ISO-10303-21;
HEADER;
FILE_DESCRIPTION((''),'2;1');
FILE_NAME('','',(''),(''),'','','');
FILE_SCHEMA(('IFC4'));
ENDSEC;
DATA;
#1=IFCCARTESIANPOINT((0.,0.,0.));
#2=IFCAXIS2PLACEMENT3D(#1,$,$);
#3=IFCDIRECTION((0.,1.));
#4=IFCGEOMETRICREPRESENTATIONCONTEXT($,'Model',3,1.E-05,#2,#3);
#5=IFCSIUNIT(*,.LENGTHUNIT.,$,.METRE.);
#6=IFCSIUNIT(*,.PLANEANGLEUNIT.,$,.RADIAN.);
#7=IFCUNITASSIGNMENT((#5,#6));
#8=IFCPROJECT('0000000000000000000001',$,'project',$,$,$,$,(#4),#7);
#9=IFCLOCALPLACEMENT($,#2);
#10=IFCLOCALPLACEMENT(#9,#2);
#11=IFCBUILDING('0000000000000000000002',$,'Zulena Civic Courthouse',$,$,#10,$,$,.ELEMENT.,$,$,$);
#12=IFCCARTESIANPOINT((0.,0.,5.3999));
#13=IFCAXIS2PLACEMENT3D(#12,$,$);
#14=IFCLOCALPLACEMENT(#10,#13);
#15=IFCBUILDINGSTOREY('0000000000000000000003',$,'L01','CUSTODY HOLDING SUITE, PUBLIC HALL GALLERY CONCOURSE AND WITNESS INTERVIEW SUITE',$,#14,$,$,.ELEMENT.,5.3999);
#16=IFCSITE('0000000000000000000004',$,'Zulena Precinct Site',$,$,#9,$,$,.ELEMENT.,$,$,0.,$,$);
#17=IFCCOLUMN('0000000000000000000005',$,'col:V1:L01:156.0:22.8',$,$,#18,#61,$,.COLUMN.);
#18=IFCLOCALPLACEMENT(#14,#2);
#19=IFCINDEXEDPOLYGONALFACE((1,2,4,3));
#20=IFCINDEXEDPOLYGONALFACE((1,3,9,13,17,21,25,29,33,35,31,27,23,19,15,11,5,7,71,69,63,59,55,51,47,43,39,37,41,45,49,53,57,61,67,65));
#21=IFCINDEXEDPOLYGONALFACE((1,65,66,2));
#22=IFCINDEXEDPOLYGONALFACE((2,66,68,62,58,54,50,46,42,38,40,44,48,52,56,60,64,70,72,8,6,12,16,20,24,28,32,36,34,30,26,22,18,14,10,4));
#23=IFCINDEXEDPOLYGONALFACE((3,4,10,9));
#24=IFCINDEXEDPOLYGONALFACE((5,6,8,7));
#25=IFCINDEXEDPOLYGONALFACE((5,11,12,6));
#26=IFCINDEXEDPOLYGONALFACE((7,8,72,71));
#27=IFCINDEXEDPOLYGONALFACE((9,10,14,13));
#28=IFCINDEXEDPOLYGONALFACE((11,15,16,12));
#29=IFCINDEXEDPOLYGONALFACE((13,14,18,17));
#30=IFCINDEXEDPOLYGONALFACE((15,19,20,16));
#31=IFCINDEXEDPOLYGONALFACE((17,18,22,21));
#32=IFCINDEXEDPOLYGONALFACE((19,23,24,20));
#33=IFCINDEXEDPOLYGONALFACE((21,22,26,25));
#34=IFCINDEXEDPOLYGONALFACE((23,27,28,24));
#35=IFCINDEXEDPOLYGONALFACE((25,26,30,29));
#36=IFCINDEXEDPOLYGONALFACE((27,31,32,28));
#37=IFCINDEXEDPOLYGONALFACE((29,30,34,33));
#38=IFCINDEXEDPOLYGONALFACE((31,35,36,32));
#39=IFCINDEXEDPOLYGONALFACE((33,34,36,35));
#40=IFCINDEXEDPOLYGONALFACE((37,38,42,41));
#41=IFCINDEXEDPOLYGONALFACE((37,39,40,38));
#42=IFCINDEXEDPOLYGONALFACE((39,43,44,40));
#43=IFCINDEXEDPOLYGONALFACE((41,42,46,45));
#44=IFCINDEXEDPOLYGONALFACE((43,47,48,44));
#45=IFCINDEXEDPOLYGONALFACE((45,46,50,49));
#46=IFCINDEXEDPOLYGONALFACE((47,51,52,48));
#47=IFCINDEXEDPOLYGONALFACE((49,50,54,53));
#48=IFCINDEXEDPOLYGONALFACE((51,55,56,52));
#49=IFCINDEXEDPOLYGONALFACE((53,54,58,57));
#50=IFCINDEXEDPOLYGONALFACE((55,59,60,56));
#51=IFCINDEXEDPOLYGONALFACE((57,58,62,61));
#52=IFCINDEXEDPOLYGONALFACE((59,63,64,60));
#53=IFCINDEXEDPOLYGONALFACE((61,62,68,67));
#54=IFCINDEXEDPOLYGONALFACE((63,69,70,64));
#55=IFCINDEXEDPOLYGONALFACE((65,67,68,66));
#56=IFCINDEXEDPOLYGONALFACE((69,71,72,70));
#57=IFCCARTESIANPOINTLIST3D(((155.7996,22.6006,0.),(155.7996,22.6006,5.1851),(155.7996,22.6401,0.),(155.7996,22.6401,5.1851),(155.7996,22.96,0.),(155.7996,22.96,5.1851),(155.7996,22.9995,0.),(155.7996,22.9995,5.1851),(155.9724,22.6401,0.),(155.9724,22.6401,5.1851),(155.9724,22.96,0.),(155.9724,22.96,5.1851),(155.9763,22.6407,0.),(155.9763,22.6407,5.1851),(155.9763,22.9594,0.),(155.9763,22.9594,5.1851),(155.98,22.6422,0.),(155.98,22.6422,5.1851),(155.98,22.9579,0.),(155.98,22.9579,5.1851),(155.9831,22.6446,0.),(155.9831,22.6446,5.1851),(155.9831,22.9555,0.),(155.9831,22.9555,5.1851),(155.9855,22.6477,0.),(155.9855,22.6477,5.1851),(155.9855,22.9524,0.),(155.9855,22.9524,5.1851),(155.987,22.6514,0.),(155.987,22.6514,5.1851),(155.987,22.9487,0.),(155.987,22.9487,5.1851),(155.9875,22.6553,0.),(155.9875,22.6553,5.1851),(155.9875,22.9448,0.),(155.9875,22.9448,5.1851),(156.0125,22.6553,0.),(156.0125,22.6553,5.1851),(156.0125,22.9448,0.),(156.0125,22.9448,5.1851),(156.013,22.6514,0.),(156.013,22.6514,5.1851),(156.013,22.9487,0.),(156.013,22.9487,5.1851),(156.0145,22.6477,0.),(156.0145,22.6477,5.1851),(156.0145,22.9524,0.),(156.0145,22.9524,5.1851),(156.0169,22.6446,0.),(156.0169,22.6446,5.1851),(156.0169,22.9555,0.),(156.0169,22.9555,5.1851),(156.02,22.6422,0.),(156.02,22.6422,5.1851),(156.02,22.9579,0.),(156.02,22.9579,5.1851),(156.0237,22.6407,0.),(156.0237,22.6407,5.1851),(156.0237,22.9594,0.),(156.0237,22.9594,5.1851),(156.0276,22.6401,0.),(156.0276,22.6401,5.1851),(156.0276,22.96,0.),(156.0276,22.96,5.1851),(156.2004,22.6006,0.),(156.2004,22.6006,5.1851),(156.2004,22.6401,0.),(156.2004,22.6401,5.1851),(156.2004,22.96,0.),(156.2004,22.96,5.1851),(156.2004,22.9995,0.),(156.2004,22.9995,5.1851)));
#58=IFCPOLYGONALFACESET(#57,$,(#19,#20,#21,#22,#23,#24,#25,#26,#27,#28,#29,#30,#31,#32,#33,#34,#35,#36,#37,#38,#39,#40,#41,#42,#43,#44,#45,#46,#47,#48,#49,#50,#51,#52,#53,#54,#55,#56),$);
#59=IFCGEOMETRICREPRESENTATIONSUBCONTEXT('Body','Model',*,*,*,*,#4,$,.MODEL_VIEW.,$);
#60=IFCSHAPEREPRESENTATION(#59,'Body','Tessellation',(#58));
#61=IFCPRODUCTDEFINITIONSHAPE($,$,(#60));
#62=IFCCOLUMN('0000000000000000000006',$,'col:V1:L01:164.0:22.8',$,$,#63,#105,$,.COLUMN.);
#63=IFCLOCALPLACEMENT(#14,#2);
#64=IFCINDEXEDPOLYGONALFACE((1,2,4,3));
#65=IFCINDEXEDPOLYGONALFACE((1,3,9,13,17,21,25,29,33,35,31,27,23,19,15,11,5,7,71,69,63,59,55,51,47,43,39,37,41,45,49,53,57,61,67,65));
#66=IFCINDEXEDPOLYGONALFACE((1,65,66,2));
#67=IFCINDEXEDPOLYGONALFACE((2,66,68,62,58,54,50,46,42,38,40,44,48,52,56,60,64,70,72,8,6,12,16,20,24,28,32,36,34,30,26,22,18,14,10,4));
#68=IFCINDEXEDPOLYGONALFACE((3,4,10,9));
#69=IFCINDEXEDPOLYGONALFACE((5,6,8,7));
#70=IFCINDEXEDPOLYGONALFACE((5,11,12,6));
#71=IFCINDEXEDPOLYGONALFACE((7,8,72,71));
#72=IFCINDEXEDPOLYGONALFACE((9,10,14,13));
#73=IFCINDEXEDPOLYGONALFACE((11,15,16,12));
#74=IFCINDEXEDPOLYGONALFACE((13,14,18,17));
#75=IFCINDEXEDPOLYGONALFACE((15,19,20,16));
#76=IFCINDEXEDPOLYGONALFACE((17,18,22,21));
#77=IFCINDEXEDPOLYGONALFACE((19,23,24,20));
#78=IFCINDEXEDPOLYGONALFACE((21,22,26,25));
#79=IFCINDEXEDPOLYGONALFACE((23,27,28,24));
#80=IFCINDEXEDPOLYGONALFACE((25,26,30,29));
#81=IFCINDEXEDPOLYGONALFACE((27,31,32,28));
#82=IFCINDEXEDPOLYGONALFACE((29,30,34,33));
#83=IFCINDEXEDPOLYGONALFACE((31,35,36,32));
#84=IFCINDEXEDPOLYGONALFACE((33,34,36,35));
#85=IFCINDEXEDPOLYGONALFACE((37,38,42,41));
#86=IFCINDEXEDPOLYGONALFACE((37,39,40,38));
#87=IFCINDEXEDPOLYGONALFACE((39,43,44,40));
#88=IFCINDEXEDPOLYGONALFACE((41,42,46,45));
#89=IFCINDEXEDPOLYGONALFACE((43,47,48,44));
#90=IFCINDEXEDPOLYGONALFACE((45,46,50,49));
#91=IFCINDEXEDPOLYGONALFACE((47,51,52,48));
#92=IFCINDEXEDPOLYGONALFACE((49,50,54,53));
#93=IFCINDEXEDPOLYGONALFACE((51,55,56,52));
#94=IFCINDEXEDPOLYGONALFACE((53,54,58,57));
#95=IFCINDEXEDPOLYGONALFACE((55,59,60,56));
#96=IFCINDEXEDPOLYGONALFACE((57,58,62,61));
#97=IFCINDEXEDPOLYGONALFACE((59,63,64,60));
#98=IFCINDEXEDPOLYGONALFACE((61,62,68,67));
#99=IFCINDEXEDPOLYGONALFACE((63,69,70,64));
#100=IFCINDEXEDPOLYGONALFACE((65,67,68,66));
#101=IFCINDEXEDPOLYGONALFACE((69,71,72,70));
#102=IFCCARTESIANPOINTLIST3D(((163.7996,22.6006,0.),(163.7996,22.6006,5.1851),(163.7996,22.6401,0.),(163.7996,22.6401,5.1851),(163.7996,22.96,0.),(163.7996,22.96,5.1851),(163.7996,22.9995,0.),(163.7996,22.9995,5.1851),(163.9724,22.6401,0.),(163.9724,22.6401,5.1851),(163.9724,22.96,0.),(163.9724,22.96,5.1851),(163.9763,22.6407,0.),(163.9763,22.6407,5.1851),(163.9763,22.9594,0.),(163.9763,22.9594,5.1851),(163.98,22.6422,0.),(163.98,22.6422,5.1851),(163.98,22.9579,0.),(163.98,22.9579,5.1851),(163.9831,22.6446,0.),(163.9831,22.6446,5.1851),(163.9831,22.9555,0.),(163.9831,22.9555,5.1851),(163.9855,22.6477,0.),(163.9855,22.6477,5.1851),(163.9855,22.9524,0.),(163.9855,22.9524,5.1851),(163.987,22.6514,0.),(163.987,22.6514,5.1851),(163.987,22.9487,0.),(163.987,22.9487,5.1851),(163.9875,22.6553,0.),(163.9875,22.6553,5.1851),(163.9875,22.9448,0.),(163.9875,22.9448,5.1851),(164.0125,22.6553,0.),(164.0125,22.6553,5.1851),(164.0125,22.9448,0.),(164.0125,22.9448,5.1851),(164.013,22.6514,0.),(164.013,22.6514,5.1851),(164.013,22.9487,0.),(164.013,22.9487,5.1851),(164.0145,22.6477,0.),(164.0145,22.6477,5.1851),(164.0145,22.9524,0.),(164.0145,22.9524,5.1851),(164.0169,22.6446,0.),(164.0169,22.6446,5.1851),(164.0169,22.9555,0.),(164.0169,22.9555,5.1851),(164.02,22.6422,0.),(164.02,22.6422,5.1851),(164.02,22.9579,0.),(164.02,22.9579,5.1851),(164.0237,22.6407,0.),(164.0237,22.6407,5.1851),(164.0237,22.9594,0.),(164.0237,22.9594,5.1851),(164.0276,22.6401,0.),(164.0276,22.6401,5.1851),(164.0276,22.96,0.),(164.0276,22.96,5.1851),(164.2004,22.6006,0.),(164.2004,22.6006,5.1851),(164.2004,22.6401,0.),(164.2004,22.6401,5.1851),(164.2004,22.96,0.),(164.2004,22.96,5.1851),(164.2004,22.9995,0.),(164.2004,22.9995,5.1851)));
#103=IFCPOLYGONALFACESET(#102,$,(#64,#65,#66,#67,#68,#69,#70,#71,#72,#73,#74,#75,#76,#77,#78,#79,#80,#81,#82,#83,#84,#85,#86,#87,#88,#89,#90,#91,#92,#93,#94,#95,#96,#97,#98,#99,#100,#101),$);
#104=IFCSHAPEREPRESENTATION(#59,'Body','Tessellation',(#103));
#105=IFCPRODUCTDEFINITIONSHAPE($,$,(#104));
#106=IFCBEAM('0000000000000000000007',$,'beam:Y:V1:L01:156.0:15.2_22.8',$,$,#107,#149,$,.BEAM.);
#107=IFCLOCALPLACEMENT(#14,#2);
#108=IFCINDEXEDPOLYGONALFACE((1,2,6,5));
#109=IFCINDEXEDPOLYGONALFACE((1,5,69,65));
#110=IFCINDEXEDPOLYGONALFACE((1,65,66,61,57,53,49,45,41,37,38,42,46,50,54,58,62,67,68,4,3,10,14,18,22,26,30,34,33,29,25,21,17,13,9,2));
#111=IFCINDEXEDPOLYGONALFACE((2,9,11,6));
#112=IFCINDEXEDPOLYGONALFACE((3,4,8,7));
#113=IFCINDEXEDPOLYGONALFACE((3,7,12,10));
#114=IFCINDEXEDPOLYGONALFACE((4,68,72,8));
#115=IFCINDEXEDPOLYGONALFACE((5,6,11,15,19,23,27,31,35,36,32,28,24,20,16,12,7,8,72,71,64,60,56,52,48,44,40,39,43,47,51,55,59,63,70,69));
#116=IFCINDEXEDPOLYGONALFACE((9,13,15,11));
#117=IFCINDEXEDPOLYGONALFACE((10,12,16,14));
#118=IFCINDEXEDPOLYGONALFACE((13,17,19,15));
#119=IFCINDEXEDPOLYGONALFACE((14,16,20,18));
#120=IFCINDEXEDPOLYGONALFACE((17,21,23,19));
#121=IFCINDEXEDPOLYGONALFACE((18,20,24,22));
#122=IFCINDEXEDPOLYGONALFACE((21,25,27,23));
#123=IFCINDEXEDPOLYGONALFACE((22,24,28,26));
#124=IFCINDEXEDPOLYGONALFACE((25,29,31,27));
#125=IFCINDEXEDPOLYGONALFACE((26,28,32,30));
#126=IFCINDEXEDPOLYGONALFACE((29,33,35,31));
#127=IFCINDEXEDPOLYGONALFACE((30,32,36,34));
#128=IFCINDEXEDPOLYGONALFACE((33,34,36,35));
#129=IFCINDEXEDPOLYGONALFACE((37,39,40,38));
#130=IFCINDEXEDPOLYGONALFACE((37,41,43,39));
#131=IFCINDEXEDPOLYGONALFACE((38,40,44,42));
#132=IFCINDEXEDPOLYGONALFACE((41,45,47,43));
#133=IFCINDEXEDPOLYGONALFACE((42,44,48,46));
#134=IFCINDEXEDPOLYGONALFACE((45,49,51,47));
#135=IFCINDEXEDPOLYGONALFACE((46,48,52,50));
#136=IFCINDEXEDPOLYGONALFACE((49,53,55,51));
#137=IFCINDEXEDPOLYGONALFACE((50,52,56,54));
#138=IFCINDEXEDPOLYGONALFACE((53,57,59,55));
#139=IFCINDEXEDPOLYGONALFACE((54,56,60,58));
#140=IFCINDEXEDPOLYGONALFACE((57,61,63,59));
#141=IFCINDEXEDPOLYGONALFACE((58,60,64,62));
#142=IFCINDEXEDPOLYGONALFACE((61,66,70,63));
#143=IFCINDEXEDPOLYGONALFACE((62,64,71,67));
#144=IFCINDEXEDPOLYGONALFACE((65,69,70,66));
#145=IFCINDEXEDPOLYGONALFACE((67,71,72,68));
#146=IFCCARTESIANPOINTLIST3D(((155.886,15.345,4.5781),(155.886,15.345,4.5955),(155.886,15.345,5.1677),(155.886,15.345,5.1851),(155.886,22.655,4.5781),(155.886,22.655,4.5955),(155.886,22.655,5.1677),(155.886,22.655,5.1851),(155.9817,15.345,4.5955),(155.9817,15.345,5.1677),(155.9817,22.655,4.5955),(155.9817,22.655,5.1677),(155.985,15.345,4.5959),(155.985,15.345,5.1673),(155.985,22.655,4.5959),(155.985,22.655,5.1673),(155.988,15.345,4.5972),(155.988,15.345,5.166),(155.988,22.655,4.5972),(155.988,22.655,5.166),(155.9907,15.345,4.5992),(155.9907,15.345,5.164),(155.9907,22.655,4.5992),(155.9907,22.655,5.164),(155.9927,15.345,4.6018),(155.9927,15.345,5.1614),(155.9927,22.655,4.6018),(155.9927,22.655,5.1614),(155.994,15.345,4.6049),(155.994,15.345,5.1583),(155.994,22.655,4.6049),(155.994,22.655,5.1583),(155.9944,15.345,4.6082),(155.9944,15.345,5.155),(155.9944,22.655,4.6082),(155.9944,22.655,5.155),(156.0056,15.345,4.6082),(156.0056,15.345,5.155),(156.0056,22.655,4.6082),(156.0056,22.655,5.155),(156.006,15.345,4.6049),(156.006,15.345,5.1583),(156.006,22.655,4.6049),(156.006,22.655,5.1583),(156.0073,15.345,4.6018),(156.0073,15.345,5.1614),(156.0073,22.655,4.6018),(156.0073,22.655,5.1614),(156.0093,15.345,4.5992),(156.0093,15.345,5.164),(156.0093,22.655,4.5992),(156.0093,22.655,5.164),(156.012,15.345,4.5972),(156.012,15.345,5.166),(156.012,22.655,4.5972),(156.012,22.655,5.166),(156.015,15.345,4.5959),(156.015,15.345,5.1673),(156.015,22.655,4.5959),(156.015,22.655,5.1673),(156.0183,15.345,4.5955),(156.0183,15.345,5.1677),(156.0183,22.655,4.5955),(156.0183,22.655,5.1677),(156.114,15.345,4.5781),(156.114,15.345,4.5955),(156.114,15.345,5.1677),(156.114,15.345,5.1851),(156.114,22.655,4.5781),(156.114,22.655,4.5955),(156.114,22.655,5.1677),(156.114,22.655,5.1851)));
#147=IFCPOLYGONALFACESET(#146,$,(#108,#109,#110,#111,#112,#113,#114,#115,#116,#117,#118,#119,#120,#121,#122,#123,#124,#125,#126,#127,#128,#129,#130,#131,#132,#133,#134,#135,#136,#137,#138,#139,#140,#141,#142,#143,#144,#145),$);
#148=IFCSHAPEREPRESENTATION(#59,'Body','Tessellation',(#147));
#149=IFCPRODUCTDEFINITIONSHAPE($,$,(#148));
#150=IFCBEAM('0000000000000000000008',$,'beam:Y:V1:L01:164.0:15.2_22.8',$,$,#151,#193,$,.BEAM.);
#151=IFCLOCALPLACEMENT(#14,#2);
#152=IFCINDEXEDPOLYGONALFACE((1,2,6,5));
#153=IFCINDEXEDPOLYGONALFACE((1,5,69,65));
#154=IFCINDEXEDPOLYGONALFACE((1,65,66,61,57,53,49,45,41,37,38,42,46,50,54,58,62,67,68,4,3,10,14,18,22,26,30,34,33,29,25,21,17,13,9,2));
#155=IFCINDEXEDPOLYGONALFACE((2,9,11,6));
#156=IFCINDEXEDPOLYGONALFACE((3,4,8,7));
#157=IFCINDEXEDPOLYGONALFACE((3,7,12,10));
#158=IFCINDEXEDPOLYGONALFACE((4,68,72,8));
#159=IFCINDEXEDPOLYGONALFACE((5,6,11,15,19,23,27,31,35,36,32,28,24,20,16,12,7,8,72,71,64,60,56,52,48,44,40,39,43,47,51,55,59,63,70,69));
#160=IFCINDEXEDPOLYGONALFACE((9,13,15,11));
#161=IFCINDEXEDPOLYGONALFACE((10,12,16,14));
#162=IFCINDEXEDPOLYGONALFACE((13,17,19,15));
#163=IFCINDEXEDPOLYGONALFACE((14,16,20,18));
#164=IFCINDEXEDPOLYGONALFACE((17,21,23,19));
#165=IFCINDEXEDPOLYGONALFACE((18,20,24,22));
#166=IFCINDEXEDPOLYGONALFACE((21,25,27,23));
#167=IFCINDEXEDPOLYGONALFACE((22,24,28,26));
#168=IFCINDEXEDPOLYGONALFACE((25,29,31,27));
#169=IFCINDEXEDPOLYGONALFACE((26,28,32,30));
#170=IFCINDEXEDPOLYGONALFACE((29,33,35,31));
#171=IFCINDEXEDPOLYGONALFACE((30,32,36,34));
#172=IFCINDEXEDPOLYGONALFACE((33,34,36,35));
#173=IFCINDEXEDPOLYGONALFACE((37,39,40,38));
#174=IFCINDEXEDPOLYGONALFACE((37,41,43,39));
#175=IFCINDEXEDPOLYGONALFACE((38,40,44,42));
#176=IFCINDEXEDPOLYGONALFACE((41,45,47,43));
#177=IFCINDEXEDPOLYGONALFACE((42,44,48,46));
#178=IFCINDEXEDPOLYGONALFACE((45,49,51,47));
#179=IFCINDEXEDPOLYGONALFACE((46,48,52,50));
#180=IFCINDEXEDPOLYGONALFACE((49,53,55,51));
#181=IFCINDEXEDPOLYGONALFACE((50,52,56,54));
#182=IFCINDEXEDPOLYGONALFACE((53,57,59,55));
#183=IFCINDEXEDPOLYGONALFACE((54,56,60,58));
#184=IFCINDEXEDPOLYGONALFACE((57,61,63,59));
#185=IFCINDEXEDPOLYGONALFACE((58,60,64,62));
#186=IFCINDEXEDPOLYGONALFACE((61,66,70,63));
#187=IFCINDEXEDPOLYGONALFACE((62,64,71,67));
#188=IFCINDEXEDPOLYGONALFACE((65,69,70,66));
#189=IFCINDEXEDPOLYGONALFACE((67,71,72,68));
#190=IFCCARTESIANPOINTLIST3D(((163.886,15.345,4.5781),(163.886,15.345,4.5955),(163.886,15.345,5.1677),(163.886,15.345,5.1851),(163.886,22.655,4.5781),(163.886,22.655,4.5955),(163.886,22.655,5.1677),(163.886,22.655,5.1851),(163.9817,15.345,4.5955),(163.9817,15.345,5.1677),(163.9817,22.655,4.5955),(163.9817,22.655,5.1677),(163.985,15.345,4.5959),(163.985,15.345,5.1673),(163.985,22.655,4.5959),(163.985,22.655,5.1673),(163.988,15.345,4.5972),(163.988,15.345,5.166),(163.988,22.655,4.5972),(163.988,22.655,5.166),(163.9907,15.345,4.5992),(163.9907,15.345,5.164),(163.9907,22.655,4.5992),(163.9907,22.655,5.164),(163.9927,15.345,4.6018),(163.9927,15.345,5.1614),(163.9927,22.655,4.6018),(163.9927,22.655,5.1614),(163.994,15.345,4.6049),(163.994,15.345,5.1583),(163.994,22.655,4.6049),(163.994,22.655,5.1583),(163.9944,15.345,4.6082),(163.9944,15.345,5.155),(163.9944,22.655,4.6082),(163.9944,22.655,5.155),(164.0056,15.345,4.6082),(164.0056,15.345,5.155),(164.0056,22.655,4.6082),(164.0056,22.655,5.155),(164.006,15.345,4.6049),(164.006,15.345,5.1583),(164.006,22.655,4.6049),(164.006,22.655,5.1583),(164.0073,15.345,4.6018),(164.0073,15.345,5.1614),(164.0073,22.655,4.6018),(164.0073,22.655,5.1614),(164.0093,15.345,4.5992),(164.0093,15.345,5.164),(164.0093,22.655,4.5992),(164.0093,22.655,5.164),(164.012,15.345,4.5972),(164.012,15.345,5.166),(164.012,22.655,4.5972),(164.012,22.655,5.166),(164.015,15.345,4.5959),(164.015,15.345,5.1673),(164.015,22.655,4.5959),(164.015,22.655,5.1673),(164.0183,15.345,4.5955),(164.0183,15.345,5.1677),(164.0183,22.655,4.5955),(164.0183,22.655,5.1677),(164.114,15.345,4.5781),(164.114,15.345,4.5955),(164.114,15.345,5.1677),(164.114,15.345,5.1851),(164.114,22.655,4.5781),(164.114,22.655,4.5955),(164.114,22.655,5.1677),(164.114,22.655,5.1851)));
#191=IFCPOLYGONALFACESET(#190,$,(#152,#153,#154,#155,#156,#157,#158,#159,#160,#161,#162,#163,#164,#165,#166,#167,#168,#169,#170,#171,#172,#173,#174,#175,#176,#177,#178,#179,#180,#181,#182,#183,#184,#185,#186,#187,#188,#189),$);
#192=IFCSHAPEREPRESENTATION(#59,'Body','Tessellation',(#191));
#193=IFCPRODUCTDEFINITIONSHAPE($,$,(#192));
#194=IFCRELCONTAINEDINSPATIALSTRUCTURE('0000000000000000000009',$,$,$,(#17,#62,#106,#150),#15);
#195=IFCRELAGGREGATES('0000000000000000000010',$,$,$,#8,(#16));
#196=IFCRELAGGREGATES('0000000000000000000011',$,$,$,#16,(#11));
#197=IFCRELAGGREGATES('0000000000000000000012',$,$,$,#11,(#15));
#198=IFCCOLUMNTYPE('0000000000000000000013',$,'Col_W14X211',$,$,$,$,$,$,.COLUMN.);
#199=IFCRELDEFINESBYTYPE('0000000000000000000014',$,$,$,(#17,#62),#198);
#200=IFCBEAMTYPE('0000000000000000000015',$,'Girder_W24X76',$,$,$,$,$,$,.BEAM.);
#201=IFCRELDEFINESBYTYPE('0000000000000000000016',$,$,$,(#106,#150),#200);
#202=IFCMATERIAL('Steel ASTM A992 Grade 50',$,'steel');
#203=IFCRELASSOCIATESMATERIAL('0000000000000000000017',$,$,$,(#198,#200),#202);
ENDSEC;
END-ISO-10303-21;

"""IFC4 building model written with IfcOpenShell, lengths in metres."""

from ifc_helpers import new_model, si_unit, direction, frame, origin, origin_2d, place, context, subcontext, project, spatial, i_section, extrude, material, material_profile, profile_set, type_object, element, save


model = new_model("IFC4")

# Units and contexts
model_context = context("Model", 3, precision=1e-05, world=origin(), true_north=direction((0.0, 1.0)))
body_context = subcontext(model_context, "Body", "Model", "MODEL_VIEW")
ifc_project = project(units=[si_unit("LENGTHUNIT", "METRE"), si_unit("PLANEANGLEUNIT", "RADIAN")], contexts=[model_context])

# Site, building, storey
site_placement = place(None, origin())
site = spatial("IfcSite", under=ifc_project, at=site_placement, Name="Zulena Precinct Site", CompositionType="ELEMENT", RefElevation=0.0)
building_placement = place(site_placement, origin())
building = spatial("IfcBuilding", under=site, at=building_placement, Name="Zulena Civic Courthouse", CompositionType="ELEMENT")
storey_placement = place(building_placement, frame((0.0, 0.0, 5.3999)))
storey = spatial("IfcBuildingStorey", under=building, at=storey_placement, Name="L01", Description="CUSTODY HOLDING SUITE, PUBLIC HALL GALLERY CONCOURSE AND WITNESS INTERVIEW SUITE", CompositionType="ELEMENT", Elevation=5.3999)

# Columns
ifc_material_1 = material(Name="Steel ASTM A992 Grade 50", Category="steel")
ifc_material_profile_1 = material_profile(ifc_material_1, i_section(OverallWidth=0.4009, OverallDepth=0.3989, WebThickness=0.0249, FlangeThickness=0.0396, FilletRadius=0.0151, at=origin_2d()), Name="W14X211")
ifc_profile_set_1 = profile_set([ifc_material_profile_1], Name="Steel ASTM A992 Grade 50")
column_type_1 = type_object("IfcColumnType", Name="Col_W14X211", PredefinedType="COLUMN", material=ifc_profile_set_1)
for number, where, z_axis, x_axis, name in (
    (1, (156.0, 22.8, 0.0), (0.0, 0.0, 1.0), (1.0, 0.0, 0.0), "col:V1:L01:156.0:22.8"),
    (2, (164.0, 22.8, 0.0), (0.0, 0.0, 1.0), (1.0, 0.0, 0.0), "col:V1:L01:164.0:22.8"),
):
    element("IfcColumn", number, at=place(storey_placement, frame(where, z_axis=z_axis, x_axis=x_axis)), inside=storey, type_object=column_type_1, Name=name, PredefinedType="COLUMN", context=body_context, shape_type="SweptSolid", body=[
        extrude(i_section(OverallWidth=0.4009, OverallDepth=0.3989, WebThickness=0.0249, FlangeThickness=0.0396, FilletRadius=0.0151, at=origin_2d()), origin(), (0.0, 0.0, 1.0), 5.1851),
    ])

# Beams
ifc_material_profile_2 = material_profile(ifc_material_1, i_section(OverallWidth=0.228, OverallDepth=0.6069, WebThickness=0.0112, FlangeThickness=0.0173, FilletRadius=0.0127, at=origin_2d()), Name="W24X76")
ifc_profile_set_2 = profile_set([ifc_material_profile_2], Name="Steel ASTM A992 Grade 50")
beam_type_1 = type_object("IfcBeamType", Name="Girder_W24X76", PredefinedType="BEAM", material=ifc_profile_set_2)
for number, where, z_axis, x_axis, name in (
    (3, (156.0, 15.345, 4.8816), (0.0, 1.0, 0.0), (-1.0, 0.0, 0.0), "beam:Y:V1:L01:156.0:15.2_22.8"),
    (4, (164.0, 15.345, 4.8816), (0.0, 1.0, 0.0), (-1.0, 0.0, 0.0), "beam:Y:V1:L01:164.0:15.2_22.8"),
):
    element("IfcBeam", number, at=place(storey_placement, frame(where, z_axis=z_axis, x_axis=x_axis)), inside=storey, type_object=beam_type_1, Name=name, PredefinedType="BEAM", context=body_context, shape_type="SweptSolid", body=[
        extrude(i_section(OverallWidth=0.228, OverallDepth=0.6069, WebThickness=0.0112, FlangeThickness=0.0173, FilletRadius=0.0127, at=origin_2d()), origin(), (0.0, 0.0, 1.0), 7.3101),
    ])

save(model, "model.ifc")
